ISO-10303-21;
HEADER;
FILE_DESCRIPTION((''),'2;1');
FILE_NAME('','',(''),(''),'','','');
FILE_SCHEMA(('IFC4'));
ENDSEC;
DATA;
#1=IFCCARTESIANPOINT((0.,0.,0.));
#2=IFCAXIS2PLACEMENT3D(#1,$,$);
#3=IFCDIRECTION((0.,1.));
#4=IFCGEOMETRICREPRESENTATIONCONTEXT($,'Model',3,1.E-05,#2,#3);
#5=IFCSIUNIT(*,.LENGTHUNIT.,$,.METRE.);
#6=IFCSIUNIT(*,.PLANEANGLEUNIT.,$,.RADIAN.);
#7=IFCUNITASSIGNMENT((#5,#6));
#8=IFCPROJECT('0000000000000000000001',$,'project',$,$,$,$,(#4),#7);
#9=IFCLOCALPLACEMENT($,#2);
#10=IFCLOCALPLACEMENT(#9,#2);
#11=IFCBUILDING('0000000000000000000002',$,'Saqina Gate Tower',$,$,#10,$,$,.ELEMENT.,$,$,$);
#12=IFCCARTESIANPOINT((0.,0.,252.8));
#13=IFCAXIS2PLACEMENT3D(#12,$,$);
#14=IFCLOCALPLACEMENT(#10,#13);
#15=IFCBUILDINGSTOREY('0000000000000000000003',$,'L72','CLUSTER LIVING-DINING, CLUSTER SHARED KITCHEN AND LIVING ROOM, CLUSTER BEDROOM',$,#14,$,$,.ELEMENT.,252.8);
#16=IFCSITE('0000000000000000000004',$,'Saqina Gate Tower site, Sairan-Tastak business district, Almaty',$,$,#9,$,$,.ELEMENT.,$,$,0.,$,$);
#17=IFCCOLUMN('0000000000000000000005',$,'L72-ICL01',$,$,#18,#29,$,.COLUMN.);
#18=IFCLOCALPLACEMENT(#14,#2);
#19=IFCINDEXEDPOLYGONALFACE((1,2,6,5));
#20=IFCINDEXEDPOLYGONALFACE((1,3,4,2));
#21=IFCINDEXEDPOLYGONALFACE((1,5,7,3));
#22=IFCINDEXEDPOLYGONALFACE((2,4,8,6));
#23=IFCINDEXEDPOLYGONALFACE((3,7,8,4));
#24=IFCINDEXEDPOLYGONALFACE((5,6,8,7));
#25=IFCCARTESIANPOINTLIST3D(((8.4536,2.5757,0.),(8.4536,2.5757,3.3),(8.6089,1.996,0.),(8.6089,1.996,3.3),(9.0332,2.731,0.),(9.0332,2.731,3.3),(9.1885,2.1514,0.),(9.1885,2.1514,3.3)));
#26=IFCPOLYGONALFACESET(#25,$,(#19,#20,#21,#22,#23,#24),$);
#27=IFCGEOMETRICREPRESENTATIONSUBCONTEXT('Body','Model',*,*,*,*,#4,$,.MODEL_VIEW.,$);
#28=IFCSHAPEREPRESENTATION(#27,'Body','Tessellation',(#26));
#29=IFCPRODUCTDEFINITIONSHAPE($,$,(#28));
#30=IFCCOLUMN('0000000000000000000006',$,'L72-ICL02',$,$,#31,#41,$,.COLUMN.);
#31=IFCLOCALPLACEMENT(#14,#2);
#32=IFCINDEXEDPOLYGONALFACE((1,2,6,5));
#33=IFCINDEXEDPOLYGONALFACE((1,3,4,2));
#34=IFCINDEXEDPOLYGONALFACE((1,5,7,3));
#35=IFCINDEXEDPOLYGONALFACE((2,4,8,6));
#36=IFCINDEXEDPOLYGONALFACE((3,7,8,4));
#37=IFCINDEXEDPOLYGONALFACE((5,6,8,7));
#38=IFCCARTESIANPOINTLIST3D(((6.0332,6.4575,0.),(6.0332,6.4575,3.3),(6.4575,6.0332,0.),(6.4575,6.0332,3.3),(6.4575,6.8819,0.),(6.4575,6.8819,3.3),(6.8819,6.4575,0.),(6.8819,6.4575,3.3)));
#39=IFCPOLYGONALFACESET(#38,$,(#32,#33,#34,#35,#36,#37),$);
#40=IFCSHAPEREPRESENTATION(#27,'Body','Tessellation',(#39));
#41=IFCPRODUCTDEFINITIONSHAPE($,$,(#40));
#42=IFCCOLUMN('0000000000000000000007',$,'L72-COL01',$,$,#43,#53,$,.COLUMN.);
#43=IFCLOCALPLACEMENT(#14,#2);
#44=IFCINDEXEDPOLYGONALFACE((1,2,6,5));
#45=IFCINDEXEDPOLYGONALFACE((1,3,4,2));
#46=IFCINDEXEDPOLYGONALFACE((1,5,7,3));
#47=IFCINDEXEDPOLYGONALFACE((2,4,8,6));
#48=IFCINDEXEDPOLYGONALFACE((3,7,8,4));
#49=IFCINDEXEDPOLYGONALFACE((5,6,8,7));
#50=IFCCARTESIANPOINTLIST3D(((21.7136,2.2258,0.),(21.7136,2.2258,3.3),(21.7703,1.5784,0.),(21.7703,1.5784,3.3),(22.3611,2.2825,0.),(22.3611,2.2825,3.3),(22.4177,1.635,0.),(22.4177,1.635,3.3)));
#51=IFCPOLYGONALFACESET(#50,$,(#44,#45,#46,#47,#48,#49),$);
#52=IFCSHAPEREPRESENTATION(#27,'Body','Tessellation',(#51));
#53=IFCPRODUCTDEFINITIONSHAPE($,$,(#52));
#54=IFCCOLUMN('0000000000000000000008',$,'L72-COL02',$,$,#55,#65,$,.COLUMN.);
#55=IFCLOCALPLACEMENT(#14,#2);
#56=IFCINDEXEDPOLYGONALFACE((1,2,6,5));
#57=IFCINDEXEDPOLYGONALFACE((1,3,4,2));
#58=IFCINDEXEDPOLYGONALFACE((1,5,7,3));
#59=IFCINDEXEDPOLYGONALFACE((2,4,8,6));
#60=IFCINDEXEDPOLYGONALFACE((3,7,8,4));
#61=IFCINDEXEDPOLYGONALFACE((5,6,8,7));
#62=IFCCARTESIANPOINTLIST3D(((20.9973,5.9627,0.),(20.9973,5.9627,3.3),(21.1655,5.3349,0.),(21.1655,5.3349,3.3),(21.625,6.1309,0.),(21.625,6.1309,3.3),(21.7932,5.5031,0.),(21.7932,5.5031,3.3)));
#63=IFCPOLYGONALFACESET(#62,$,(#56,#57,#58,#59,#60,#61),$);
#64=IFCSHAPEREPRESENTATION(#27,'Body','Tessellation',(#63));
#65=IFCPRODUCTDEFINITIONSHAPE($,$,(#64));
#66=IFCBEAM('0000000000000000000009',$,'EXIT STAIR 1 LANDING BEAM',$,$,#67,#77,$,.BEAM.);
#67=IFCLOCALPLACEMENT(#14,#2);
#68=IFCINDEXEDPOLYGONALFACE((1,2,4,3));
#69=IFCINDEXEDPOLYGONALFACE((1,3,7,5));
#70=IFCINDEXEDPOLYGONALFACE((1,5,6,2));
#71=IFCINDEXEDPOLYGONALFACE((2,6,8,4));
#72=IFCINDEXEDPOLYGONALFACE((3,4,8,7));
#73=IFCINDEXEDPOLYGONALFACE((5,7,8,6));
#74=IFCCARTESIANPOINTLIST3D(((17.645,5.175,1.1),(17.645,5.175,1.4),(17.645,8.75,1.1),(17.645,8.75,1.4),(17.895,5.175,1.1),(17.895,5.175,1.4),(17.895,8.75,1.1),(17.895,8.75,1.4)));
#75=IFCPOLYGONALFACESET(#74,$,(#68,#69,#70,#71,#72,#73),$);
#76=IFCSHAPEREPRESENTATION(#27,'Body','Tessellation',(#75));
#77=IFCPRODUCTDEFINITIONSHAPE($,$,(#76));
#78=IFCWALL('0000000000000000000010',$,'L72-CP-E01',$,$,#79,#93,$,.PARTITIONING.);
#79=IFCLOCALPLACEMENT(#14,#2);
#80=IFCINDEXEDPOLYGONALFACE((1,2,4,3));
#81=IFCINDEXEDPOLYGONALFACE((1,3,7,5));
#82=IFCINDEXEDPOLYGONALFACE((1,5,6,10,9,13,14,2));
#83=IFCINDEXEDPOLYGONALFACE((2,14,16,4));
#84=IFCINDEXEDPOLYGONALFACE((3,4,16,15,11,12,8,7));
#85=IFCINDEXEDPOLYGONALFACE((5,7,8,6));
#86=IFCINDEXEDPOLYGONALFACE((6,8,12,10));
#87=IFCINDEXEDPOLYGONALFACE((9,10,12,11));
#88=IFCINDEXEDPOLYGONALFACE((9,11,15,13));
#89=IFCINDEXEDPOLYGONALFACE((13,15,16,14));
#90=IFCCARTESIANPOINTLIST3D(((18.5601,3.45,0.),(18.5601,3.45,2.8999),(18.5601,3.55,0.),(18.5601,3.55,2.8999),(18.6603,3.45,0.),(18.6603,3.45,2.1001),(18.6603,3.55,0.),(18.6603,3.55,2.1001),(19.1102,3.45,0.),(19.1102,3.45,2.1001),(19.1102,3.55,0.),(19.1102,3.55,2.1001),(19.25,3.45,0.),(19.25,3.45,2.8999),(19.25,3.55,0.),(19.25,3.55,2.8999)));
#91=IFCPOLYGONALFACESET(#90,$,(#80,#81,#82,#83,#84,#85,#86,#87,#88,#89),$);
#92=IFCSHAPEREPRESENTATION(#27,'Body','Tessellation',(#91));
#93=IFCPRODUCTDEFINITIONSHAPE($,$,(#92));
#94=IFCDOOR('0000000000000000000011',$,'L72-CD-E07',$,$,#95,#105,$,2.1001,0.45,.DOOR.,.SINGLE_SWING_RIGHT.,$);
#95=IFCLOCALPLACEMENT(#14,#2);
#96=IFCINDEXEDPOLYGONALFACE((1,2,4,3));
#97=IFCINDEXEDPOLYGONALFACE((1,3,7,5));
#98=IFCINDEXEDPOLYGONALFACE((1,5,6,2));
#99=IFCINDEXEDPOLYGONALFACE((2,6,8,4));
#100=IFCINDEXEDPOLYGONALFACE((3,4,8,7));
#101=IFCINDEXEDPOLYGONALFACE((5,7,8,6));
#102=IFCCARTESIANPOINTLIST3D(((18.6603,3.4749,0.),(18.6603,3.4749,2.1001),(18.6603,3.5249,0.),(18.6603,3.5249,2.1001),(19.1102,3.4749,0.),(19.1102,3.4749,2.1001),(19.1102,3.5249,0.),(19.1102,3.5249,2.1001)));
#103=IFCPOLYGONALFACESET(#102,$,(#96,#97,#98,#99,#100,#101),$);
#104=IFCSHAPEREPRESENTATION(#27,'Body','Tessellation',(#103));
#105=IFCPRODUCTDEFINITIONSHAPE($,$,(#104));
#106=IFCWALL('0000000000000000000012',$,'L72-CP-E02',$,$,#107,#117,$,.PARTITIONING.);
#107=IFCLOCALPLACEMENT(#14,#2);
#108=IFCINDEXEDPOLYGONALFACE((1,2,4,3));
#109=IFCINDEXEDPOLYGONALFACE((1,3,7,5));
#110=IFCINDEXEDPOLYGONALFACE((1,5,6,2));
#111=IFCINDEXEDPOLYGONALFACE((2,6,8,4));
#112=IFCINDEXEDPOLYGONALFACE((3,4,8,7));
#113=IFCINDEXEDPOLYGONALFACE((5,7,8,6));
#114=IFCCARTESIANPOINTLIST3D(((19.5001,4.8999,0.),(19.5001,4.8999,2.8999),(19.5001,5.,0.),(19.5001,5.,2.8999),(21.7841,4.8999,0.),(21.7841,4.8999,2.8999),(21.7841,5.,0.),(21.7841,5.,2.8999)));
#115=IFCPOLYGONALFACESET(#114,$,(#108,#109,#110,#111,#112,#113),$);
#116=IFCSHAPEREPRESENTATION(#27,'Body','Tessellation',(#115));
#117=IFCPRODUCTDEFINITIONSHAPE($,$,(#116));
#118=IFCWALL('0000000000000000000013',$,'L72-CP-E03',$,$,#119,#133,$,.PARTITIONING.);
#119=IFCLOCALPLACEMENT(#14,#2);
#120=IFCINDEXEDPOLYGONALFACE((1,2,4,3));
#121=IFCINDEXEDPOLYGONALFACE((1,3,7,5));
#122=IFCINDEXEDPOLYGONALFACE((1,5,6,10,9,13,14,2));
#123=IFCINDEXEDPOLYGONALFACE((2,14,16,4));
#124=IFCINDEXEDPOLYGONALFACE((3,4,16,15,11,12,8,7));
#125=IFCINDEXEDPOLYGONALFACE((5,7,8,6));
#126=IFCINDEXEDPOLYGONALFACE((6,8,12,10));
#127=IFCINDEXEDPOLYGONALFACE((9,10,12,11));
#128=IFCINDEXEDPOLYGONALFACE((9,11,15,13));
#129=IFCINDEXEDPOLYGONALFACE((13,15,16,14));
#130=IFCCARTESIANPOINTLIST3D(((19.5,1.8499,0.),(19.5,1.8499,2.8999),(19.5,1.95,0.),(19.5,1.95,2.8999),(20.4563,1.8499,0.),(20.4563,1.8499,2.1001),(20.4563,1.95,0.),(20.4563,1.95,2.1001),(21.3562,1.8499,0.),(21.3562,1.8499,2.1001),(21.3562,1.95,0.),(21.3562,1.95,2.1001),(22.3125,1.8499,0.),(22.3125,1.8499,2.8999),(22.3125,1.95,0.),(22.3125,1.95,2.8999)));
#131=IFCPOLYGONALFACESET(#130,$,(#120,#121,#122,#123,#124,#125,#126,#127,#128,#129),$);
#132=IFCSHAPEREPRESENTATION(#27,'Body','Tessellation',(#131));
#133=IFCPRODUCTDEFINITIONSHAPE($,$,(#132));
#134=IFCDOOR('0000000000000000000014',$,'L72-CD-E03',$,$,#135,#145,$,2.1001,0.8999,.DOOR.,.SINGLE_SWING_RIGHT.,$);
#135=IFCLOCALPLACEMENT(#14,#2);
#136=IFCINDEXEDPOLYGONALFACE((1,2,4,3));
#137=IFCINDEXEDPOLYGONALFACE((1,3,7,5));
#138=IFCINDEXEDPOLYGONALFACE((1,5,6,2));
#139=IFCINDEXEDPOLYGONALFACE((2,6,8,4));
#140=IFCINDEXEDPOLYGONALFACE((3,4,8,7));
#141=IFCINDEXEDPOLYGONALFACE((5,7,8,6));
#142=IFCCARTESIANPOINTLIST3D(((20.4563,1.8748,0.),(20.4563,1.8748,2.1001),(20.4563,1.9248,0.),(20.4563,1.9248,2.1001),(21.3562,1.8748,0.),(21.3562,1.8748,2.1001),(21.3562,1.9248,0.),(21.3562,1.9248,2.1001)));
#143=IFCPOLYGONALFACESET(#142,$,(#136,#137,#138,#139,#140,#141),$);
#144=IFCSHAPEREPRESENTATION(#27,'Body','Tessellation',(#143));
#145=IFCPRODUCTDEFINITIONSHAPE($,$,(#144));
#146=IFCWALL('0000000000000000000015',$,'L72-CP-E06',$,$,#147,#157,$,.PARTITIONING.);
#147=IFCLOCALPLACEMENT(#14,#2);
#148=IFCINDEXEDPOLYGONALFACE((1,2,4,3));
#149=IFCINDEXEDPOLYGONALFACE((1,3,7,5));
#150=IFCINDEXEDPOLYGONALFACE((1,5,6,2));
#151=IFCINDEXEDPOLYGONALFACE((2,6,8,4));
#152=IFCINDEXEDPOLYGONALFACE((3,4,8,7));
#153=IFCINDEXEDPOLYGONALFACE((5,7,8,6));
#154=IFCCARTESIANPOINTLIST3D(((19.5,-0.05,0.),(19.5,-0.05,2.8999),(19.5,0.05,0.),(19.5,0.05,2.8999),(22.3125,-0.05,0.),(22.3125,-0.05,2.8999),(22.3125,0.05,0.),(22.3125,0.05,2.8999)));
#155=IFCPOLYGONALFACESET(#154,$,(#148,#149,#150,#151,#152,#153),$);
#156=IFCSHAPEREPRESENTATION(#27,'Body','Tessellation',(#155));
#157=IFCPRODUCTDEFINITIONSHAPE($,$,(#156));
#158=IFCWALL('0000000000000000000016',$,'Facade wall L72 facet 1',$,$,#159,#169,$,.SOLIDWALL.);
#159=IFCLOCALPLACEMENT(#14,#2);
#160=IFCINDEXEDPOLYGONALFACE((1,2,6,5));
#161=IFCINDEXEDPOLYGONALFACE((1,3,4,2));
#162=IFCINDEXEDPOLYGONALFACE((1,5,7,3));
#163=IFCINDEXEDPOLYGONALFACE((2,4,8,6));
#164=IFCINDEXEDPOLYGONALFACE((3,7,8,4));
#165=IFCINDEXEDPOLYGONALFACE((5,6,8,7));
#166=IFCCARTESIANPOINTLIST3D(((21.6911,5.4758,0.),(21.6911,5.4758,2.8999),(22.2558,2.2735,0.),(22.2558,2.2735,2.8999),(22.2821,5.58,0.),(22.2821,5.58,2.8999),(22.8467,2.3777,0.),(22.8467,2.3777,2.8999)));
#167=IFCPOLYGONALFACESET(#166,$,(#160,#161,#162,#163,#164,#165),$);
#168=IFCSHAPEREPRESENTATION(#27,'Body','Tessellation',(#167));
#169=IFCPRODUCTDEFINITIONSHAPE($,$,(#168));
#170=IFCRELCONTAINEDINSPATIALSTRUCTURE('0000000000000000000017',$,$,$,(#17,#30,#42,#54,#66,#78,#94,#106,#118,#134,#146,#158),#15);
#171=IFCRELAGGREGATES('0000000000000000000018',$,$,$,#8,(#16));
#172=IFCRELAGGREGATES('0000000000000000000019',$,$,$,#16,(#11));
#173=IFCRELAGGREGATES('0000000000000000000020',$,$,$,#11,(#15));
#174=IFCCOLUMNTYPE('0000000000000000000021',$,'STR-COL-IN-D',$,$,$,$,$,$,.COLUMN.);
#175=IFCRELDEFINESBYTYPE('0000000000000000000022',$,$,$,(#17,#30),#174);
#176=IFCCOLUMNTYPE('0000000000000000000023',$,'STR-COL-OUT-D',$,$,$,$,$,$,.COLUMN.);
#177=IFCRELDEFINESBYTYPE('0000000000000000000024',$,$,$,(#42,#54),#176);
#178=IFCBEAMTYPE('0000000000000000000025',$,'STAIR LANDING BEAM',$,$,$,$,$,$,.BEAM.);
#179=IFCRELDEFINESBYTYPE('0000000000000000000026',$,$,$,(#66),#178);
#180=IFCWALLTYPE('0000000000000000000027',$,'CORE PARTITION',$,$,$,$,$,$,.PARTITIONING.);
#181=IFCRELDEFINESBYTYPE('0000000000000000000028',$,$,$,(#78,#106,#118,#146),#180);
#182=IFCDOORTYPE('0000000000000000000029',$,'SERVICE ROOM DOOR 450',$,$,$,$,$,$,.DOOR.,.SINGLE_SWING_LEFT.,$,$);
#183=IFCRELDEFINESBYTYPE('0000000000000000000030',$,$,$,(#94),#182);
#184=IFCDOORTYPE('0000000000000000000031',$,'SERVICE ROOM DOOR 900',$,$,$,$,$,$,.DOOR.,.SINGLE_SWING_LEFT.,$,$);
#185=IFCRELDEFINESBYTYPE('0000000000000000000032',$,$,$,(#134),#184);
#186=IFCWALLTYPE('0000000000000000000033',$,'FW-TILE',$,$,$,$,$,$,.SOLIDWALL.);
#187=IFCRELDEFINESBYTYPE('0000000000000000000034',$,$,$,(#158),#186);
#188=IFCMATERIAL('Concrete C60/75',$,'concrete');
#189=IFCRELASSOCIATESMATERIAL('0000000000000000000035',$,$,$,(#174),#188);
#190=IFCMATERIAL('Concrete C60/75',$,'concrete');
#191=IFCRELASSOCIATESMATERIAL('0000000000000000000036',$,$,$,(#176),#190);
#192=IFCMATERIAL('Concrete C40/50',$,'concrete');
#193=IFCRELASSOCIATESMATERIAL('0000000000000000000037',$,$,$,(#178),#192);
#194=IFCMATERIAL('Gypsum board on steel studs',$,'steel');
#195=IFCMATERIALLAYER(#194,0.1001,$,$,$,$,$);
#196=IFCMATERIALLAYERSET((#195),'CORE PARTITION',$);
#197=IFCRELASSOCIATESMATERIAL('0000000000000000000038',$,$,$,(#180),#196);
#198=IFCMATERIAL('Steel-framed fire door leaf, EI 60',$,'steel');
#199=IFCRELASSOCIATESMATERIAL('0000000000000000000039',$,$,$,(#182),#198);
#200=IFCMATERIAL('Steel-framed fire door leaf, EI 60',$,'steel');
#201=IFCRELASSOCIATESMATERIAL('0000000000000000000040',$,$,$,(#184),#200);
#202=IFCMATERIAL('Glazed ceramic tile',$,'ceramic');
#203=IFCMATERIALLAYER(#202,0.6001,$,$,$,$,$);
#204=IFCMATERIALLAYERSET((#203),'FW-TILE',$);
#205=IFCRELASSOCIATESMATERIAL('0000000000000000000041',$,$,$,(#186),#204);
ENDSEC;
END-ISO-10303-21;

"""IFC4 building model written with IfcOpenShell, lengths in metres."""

from ifc_helpers import new_model, si_unit, direction, frame, frame_2d, origin, origin_2d, place, context, subcontext, project, spatial, rectangle, extrude, material, layer, layer_set, material_profile, profile_set, type_object, element, fill, save


model = new_model("IFC4")

# Units and contexts
model_context = context("Model", 3, precision=1e-05, world=origin(), true_north=direction((0.0, 1.0)))
body_context = subcontext(model_context, "Body", "Model", "MODEL_VIEW")
ifc_project = project(units=[si_unit("LENGTHUNIT", "METRE"), si_unit("PLANEANGLEUNIT", "RADIAN")], contexts=[model_context])

# Site, building, storey
site_placement = place(None, origin())
site = spatial("IfcSite", under=ifc_project, at=site_placement, Name="Saqina Gate Tower site, Sairan-Tastak business district, Almaty", CompositionType="ELEMENT", RefElevation=0.0)
building_placement = place(site_placement, origin())
building = spatial("IfcBuilding", under=site, at=building_placement, Name="Saqina Gate Tower", CompositionType="ELEMENT")
storey_placement = place(building_placement, frame((0.0, 0.0, 252.8)))
storey = spatial("IfcBuildingStorey", under=building, at=storey_placement, Name="L72", Description="CLUSTER LIVING-DINING, CLUSTER SHARED KITCHEN AND LIVING ROOM, CLUSTER BEDROOM", CompositionType="ELEMENT", Elevation=252.8)

# Columns
ifc_material_1 = material(Name="Concrete C60/75", Category="concrete")
ifc_material_profile_1 = material_profile(ifc_material_1, rectangle(XDim=0.6001, YDim=0.6001, at=origin_2d()), Name="RC 600x600")
ifc_profile_set_1 = profile_set([ifc_material_profile_1], Name="Concrete C60/75")
column_type_1 = type_object("IfcColumnType", Name="STR-COL-IN-D", PredefinedType="COLUMN", material=ifc_profile_set_1)
for number, where, z_axis, x_axis, name in (
    (1, (8.821, 2.3635, 0.0), (0.0, 0.0, 1.0), (0.965926, 0.258819, 0.0), "L72-ICL01"),
    (2, (6.4575, 6.4575, 0.0), (0.0, 0.0, 1.0), (0.707107, 0.707107, 0.0), "L72-ICL02"),
):
    element("IfcColumn", number, at=place(storey_placement, frame(where, z_axis=z_axis, x_axis=x_axis)), inside=storey, type_object=column_type_1, Name=name, PredefinedType="COLUMN", context=body_context, shape_type="SweptSolid", body=[
        extrude(rectangle(XDim=0.6001, YDim=0.6001, at=origin_2d()), origin(), (0.0, 0.0, 1.0), 3.3),
    ])
ifc_material_2 = material(Name="Concrete C60/75", Category="concrete")
ifc_material_profile_2 = material_profile(ifc_material_2, rectangle(XDim=0.6499, YDim=0.6499, at=origin_2d()), Name="RC 650x650")
ifc_profile_set_2 = profile_set([ifc_material_profile_2], Name="Concrete C60/75")
column_type_2 = type_object("IfcColumnType", Name="STR-COL-OUT-D", PredefinedType="COLUMN", material=ifc_profile_set_2)
for number, where, z_axis, x_axis, name in (
    (3, (22.0657, 1.9304, 0.0), (0.0, 0.0, 1.0), (0.996195, 0.087156, 0.0), "L72-COL01"),
    (4, (21.3953, 5.7329, 0.0), (0.0, 0.0, 1.0), (0.965926, 0.258819, 0.0), "L72-COL02"),
):
    element("IfcColumn", number, at=place(storey_placement, frame(where, z_axis=z_axis, x_axis=x_axis)), inside=storey, type_object=column_type_2, Name=name, PredefinedType="COLUMN", context=body_context, shape_type="SweptSolid", body=[
        extrude(rectangle(XDim=0.6499, YDim=0.6499, at=origin_2d()), origin(), (0.0, 0.0, 1.0), 3.3),
    ])

# Beam
ifc_material_3 = material(Name="Concrete C40/50", Category="concrete")
ifc_material_profile_3 = material_profile(ifc_material_3, rectangle(XDim=0.25, YDim=0.3, at=origin_2d()), Name="STAIR LANDING BEAM")
ifc_profile_set_3 = profile_set([ifc_material_profile_3], Name="Concrete C40/50")
beam_type = type_object("IfcBeamType", Name="STAIR LANDING BEAM", PredefinedType="BEAM", material=ifc_profile_set_3)
beam_placement = place(storey_placement, frame((17.77, 5.175, 1.25), z_axis=(0.0, 1.0, 0.0), x_axis=(-1.0, 0.0, 0.0)))
element("IfcBeam", 5, at=beam_placement, inside=storey, type_object=beam_type, Name="EXIT STAIR 1 LANDING BEAM", PredefinedType="BEAM", context=body_context, shape_type="SweptSolid", body=[
    extrude(rectangle(XDim=0.25, YDim=0.3, at=origin_2d()), origin(), (0.0, 0.0, 1.0), 3.575),
])

# Wall, opening, door
ifc_material_4 = material(Name="Gypsum board on steel studs", Category="steel")
ifc_layer_1 = layer(ifc_material_4, 0.1001)
ifc_layer_set_1 = layer_set([ifc_layer_1], Name="CORE PARTITION")
wall_type_1 = type_object("IfcWallType", Name="CORE PARTITION", PredefinedType="PARTITIONING", material=ifc_layer_set_1)
wall_1_placement = place(storey_placement, frame((18.5601, 3.5, 0.0), z_axis=(0.0, 0.0, 1.0), x_axis=(1.0, 0.0, 0.0)))
wall_1 = element("IfcWall", 6, at=wall_1_placement, inside=storey, type_object=wall_type_1, Name="L72-CP-E01", PredefinedType="PARTITIONING", context=body_context, shape_type="SweptSolid", body=[
    extrude(rectangle(XDim=0.6899, YDim=0.1001, at=frame_2d((0.345, 0.0))), origin(), (0.0, 0.0, 1.0), 2.8999),
])
opening_1_placement = place(wall_1_placement, frame((0.1001, 0.0, 0.0)))
opening_1 = element("IfcOpeningElement", 7, at=opening_1_placement, cuts=wall_1, PredefinedType="OPENING", context=body_context, shape_type="SweptSolid", body=[
    extrude(rectangle(XDim=0.45, YDim=2.1001, at=frame_2d((0.2251, 1.05))), frame((0.0, 0.062, 0.0), z_axis=(0.0, -1.0, 0.0), x_axis=(1.0, 0.0, 0.0)), (0.0, 0.0, 1.0), 0.124),
])
ifc_material_5 = material(Name="Steel-framed fire door leaf, EI 60", Category="steel")
door_type_1 = type_object("IfcDoorType", Name="SERVICE ROOM DOOR 450", OperationType="SINGLE_SWING_LEFT", PredefinedType="DOOR", material=ifc_material_5)
door_1_placement = place(opening_1_placement, origin())
door_1 = element("IfcDoor", 8, at=door_1_placement, inside=storey, type_object=door_type_1, Name="L72-CD-E07", OperationType="SINGLE_SWING_RIGHT", OverallHeight=2.1001, OverallWidth=0.45, PredefinedType="DOOR", context=body_context, shape_type="SweptSolid", body=[
    extrude(rectangle(XDim=0.45, YDim=2.1001, at=frame_2d((0.2251, 1.05))), frame((0.0, 0.0249, 0.0), z_axis=(0.0, -1.0, 0.0), x_axis=(1.0, 0.0, 0.0)), (0.0, 0.0, 1.0), 0.05),
])
fill(opening_1, door_1)

# Wall
wall_2_placement = place(storey_placement, frame((19.5, 4.95, 0.0), z_axis=(0.0, 0.0, 1.0), x_axis=(1.0, 0.0, 0.0)))
element("IfcWall", 9, at=wall_2_placement, inside=storey, type_object=wall_type_1, Name="L72-CP-E02", PredefinedType="PARTITIONING", context=body_context, shape_type="SweptSolid", body=[
    extrude(rectangle(XDim=2.2839, YDim=0.1001, at=frame_2d((1.1421, 0.0))), origin(), (0.0, 0.0, 1.0), 2.8999),
])

# Wall, opening, door
wall_3_placement = place(storey_placement, frame((19.5, 1.8999, 0.0), z_axis=(0.0, 0.0, 1.0), x_axis=(1.0, 0.0, 0.0)))
wall_3 = element("IfcWall", 10, at=wall_3_placement, inside=storey, type_object=wall_type_1, Name="L72-CP-E03", PredefinedType="PARTITIONING", context=body_context, shape_type="SweptSolid", body=[
    extrude(rectangle(XDim=2.8125, YDim=0.1001, at=frame_2d((1.4062, 0.0))), origin(), (0.0, 0.0, 1.0), 2.8999),
])
opening_2_placement = place(wall_3_placement, frame((0.9563, 0.0, 0.0)))
opening_2 = element("IfcOpeningElement", 11, at=opening_2_placement, cuts=wall_3, PredefinedType="OPENING", context=body_context, shape_type="SweptSolid", body=[
    extrude(rectangle(XDim=0.8999, YDim=2.1001, at=frame_2d((0.45, 1.05))), frame((0.0, 0.062, 0.0), z_axis=(0.0, -1.0, 0.0), x_axis=(1.0, 0.0, 0.0)), (0.0, 0.0, 1.0), 0.124),
])
ifc_material_6 = material(Name="Steel-framed fire door leaf, EI 60", Category="steel")
door_type_2 = type_object("IfcDoorType", Name="SERVICE ROOM DOOR 900", OperationType="SINGLE_SWING_LEFT", PredefinedType="DOOR", material=ifc_material_6)
door_2_placement = place(opening_2_placement, origin())
door_2 = element("IfcDoor", 12, at=door_2_placement, inside=storey, type_object=door_type_2, Name="L72-CD-E03", OperationType="SINGLE_SWING_RIGHT", OverallHeight=2.1001, OverallWidth=0.8999, PredefinedType="DOOR", context=body_context, shape_type="SweptSolid", body=[
    extrude(rectangle(XDim=0.8999, YDim=2.1001, at=frame_2d((0.45, 1.05))), frame((0.0, 0.0249, 0.0), z_axis=(0.0, -1.0, 0.0), x_axis=(1.0, 0.0, 0.0)), (0.0, 0.0, 1.0), 0.05),
])
fill(opening_2, door_2)

# Walls
wall_4_placement = place(storey_placement, frame((19.5, 0.0, 0.0), z_axis=(0.0, 0.0, 1.0), x_axis=(1.0, 0.0, 0.0)))
element("IfcWall", 13, at=wall_4_placement, inside=storey, type_object=wall_type_1, Name="L72-CP-E06", PredefinedType="PARTITIONING", context=body_context, shape_type="SweptSolid", body=[
    extrude(rectangle(XDim=2.8125, YDim=0.1001, at=frame_2d((1.4062, 0.0))), origin(), (0.0, 0.0, 1.0), 2.8999),
])
ifc_material_7 = material(Name="Glazed ceramic tile", Category="ceramic")
ifc_layer_2 = layer(ifc_material_7, 0.6001)
ifc_layer_set_2 = layer_set([ifc_layer_2], Name="FW-TILE")
wall_type_2 = type_object("IfcWallType", Name="FW-TILE", PredefinedType="SOLIDWALL", material=ifc_layer_set_2)
wall_5_placement = place(storey_placement, frame((22.5513, 2.3254, 0.0), z_axis=(0.0, 0.0, 1.0), x_axis=(-0.173657, 0.984806, 0.0)))
element("IfcWall", 14, at=wall_5_placement, inside=storey, type_object=wall_type_2, Name="Facade wall L72 facet 1", PredefinedType="SOLIDWALL", context=body_context, shape_type="SweptSolid", body=[
    extrude(rectangle(XDim=3.2517, YDim=0.6001, at=frame_2d((1.626, 0.0))), origin(), (0.0, 0.0, 1.0), 2.8999),
])

save(model, "model.ifc")
